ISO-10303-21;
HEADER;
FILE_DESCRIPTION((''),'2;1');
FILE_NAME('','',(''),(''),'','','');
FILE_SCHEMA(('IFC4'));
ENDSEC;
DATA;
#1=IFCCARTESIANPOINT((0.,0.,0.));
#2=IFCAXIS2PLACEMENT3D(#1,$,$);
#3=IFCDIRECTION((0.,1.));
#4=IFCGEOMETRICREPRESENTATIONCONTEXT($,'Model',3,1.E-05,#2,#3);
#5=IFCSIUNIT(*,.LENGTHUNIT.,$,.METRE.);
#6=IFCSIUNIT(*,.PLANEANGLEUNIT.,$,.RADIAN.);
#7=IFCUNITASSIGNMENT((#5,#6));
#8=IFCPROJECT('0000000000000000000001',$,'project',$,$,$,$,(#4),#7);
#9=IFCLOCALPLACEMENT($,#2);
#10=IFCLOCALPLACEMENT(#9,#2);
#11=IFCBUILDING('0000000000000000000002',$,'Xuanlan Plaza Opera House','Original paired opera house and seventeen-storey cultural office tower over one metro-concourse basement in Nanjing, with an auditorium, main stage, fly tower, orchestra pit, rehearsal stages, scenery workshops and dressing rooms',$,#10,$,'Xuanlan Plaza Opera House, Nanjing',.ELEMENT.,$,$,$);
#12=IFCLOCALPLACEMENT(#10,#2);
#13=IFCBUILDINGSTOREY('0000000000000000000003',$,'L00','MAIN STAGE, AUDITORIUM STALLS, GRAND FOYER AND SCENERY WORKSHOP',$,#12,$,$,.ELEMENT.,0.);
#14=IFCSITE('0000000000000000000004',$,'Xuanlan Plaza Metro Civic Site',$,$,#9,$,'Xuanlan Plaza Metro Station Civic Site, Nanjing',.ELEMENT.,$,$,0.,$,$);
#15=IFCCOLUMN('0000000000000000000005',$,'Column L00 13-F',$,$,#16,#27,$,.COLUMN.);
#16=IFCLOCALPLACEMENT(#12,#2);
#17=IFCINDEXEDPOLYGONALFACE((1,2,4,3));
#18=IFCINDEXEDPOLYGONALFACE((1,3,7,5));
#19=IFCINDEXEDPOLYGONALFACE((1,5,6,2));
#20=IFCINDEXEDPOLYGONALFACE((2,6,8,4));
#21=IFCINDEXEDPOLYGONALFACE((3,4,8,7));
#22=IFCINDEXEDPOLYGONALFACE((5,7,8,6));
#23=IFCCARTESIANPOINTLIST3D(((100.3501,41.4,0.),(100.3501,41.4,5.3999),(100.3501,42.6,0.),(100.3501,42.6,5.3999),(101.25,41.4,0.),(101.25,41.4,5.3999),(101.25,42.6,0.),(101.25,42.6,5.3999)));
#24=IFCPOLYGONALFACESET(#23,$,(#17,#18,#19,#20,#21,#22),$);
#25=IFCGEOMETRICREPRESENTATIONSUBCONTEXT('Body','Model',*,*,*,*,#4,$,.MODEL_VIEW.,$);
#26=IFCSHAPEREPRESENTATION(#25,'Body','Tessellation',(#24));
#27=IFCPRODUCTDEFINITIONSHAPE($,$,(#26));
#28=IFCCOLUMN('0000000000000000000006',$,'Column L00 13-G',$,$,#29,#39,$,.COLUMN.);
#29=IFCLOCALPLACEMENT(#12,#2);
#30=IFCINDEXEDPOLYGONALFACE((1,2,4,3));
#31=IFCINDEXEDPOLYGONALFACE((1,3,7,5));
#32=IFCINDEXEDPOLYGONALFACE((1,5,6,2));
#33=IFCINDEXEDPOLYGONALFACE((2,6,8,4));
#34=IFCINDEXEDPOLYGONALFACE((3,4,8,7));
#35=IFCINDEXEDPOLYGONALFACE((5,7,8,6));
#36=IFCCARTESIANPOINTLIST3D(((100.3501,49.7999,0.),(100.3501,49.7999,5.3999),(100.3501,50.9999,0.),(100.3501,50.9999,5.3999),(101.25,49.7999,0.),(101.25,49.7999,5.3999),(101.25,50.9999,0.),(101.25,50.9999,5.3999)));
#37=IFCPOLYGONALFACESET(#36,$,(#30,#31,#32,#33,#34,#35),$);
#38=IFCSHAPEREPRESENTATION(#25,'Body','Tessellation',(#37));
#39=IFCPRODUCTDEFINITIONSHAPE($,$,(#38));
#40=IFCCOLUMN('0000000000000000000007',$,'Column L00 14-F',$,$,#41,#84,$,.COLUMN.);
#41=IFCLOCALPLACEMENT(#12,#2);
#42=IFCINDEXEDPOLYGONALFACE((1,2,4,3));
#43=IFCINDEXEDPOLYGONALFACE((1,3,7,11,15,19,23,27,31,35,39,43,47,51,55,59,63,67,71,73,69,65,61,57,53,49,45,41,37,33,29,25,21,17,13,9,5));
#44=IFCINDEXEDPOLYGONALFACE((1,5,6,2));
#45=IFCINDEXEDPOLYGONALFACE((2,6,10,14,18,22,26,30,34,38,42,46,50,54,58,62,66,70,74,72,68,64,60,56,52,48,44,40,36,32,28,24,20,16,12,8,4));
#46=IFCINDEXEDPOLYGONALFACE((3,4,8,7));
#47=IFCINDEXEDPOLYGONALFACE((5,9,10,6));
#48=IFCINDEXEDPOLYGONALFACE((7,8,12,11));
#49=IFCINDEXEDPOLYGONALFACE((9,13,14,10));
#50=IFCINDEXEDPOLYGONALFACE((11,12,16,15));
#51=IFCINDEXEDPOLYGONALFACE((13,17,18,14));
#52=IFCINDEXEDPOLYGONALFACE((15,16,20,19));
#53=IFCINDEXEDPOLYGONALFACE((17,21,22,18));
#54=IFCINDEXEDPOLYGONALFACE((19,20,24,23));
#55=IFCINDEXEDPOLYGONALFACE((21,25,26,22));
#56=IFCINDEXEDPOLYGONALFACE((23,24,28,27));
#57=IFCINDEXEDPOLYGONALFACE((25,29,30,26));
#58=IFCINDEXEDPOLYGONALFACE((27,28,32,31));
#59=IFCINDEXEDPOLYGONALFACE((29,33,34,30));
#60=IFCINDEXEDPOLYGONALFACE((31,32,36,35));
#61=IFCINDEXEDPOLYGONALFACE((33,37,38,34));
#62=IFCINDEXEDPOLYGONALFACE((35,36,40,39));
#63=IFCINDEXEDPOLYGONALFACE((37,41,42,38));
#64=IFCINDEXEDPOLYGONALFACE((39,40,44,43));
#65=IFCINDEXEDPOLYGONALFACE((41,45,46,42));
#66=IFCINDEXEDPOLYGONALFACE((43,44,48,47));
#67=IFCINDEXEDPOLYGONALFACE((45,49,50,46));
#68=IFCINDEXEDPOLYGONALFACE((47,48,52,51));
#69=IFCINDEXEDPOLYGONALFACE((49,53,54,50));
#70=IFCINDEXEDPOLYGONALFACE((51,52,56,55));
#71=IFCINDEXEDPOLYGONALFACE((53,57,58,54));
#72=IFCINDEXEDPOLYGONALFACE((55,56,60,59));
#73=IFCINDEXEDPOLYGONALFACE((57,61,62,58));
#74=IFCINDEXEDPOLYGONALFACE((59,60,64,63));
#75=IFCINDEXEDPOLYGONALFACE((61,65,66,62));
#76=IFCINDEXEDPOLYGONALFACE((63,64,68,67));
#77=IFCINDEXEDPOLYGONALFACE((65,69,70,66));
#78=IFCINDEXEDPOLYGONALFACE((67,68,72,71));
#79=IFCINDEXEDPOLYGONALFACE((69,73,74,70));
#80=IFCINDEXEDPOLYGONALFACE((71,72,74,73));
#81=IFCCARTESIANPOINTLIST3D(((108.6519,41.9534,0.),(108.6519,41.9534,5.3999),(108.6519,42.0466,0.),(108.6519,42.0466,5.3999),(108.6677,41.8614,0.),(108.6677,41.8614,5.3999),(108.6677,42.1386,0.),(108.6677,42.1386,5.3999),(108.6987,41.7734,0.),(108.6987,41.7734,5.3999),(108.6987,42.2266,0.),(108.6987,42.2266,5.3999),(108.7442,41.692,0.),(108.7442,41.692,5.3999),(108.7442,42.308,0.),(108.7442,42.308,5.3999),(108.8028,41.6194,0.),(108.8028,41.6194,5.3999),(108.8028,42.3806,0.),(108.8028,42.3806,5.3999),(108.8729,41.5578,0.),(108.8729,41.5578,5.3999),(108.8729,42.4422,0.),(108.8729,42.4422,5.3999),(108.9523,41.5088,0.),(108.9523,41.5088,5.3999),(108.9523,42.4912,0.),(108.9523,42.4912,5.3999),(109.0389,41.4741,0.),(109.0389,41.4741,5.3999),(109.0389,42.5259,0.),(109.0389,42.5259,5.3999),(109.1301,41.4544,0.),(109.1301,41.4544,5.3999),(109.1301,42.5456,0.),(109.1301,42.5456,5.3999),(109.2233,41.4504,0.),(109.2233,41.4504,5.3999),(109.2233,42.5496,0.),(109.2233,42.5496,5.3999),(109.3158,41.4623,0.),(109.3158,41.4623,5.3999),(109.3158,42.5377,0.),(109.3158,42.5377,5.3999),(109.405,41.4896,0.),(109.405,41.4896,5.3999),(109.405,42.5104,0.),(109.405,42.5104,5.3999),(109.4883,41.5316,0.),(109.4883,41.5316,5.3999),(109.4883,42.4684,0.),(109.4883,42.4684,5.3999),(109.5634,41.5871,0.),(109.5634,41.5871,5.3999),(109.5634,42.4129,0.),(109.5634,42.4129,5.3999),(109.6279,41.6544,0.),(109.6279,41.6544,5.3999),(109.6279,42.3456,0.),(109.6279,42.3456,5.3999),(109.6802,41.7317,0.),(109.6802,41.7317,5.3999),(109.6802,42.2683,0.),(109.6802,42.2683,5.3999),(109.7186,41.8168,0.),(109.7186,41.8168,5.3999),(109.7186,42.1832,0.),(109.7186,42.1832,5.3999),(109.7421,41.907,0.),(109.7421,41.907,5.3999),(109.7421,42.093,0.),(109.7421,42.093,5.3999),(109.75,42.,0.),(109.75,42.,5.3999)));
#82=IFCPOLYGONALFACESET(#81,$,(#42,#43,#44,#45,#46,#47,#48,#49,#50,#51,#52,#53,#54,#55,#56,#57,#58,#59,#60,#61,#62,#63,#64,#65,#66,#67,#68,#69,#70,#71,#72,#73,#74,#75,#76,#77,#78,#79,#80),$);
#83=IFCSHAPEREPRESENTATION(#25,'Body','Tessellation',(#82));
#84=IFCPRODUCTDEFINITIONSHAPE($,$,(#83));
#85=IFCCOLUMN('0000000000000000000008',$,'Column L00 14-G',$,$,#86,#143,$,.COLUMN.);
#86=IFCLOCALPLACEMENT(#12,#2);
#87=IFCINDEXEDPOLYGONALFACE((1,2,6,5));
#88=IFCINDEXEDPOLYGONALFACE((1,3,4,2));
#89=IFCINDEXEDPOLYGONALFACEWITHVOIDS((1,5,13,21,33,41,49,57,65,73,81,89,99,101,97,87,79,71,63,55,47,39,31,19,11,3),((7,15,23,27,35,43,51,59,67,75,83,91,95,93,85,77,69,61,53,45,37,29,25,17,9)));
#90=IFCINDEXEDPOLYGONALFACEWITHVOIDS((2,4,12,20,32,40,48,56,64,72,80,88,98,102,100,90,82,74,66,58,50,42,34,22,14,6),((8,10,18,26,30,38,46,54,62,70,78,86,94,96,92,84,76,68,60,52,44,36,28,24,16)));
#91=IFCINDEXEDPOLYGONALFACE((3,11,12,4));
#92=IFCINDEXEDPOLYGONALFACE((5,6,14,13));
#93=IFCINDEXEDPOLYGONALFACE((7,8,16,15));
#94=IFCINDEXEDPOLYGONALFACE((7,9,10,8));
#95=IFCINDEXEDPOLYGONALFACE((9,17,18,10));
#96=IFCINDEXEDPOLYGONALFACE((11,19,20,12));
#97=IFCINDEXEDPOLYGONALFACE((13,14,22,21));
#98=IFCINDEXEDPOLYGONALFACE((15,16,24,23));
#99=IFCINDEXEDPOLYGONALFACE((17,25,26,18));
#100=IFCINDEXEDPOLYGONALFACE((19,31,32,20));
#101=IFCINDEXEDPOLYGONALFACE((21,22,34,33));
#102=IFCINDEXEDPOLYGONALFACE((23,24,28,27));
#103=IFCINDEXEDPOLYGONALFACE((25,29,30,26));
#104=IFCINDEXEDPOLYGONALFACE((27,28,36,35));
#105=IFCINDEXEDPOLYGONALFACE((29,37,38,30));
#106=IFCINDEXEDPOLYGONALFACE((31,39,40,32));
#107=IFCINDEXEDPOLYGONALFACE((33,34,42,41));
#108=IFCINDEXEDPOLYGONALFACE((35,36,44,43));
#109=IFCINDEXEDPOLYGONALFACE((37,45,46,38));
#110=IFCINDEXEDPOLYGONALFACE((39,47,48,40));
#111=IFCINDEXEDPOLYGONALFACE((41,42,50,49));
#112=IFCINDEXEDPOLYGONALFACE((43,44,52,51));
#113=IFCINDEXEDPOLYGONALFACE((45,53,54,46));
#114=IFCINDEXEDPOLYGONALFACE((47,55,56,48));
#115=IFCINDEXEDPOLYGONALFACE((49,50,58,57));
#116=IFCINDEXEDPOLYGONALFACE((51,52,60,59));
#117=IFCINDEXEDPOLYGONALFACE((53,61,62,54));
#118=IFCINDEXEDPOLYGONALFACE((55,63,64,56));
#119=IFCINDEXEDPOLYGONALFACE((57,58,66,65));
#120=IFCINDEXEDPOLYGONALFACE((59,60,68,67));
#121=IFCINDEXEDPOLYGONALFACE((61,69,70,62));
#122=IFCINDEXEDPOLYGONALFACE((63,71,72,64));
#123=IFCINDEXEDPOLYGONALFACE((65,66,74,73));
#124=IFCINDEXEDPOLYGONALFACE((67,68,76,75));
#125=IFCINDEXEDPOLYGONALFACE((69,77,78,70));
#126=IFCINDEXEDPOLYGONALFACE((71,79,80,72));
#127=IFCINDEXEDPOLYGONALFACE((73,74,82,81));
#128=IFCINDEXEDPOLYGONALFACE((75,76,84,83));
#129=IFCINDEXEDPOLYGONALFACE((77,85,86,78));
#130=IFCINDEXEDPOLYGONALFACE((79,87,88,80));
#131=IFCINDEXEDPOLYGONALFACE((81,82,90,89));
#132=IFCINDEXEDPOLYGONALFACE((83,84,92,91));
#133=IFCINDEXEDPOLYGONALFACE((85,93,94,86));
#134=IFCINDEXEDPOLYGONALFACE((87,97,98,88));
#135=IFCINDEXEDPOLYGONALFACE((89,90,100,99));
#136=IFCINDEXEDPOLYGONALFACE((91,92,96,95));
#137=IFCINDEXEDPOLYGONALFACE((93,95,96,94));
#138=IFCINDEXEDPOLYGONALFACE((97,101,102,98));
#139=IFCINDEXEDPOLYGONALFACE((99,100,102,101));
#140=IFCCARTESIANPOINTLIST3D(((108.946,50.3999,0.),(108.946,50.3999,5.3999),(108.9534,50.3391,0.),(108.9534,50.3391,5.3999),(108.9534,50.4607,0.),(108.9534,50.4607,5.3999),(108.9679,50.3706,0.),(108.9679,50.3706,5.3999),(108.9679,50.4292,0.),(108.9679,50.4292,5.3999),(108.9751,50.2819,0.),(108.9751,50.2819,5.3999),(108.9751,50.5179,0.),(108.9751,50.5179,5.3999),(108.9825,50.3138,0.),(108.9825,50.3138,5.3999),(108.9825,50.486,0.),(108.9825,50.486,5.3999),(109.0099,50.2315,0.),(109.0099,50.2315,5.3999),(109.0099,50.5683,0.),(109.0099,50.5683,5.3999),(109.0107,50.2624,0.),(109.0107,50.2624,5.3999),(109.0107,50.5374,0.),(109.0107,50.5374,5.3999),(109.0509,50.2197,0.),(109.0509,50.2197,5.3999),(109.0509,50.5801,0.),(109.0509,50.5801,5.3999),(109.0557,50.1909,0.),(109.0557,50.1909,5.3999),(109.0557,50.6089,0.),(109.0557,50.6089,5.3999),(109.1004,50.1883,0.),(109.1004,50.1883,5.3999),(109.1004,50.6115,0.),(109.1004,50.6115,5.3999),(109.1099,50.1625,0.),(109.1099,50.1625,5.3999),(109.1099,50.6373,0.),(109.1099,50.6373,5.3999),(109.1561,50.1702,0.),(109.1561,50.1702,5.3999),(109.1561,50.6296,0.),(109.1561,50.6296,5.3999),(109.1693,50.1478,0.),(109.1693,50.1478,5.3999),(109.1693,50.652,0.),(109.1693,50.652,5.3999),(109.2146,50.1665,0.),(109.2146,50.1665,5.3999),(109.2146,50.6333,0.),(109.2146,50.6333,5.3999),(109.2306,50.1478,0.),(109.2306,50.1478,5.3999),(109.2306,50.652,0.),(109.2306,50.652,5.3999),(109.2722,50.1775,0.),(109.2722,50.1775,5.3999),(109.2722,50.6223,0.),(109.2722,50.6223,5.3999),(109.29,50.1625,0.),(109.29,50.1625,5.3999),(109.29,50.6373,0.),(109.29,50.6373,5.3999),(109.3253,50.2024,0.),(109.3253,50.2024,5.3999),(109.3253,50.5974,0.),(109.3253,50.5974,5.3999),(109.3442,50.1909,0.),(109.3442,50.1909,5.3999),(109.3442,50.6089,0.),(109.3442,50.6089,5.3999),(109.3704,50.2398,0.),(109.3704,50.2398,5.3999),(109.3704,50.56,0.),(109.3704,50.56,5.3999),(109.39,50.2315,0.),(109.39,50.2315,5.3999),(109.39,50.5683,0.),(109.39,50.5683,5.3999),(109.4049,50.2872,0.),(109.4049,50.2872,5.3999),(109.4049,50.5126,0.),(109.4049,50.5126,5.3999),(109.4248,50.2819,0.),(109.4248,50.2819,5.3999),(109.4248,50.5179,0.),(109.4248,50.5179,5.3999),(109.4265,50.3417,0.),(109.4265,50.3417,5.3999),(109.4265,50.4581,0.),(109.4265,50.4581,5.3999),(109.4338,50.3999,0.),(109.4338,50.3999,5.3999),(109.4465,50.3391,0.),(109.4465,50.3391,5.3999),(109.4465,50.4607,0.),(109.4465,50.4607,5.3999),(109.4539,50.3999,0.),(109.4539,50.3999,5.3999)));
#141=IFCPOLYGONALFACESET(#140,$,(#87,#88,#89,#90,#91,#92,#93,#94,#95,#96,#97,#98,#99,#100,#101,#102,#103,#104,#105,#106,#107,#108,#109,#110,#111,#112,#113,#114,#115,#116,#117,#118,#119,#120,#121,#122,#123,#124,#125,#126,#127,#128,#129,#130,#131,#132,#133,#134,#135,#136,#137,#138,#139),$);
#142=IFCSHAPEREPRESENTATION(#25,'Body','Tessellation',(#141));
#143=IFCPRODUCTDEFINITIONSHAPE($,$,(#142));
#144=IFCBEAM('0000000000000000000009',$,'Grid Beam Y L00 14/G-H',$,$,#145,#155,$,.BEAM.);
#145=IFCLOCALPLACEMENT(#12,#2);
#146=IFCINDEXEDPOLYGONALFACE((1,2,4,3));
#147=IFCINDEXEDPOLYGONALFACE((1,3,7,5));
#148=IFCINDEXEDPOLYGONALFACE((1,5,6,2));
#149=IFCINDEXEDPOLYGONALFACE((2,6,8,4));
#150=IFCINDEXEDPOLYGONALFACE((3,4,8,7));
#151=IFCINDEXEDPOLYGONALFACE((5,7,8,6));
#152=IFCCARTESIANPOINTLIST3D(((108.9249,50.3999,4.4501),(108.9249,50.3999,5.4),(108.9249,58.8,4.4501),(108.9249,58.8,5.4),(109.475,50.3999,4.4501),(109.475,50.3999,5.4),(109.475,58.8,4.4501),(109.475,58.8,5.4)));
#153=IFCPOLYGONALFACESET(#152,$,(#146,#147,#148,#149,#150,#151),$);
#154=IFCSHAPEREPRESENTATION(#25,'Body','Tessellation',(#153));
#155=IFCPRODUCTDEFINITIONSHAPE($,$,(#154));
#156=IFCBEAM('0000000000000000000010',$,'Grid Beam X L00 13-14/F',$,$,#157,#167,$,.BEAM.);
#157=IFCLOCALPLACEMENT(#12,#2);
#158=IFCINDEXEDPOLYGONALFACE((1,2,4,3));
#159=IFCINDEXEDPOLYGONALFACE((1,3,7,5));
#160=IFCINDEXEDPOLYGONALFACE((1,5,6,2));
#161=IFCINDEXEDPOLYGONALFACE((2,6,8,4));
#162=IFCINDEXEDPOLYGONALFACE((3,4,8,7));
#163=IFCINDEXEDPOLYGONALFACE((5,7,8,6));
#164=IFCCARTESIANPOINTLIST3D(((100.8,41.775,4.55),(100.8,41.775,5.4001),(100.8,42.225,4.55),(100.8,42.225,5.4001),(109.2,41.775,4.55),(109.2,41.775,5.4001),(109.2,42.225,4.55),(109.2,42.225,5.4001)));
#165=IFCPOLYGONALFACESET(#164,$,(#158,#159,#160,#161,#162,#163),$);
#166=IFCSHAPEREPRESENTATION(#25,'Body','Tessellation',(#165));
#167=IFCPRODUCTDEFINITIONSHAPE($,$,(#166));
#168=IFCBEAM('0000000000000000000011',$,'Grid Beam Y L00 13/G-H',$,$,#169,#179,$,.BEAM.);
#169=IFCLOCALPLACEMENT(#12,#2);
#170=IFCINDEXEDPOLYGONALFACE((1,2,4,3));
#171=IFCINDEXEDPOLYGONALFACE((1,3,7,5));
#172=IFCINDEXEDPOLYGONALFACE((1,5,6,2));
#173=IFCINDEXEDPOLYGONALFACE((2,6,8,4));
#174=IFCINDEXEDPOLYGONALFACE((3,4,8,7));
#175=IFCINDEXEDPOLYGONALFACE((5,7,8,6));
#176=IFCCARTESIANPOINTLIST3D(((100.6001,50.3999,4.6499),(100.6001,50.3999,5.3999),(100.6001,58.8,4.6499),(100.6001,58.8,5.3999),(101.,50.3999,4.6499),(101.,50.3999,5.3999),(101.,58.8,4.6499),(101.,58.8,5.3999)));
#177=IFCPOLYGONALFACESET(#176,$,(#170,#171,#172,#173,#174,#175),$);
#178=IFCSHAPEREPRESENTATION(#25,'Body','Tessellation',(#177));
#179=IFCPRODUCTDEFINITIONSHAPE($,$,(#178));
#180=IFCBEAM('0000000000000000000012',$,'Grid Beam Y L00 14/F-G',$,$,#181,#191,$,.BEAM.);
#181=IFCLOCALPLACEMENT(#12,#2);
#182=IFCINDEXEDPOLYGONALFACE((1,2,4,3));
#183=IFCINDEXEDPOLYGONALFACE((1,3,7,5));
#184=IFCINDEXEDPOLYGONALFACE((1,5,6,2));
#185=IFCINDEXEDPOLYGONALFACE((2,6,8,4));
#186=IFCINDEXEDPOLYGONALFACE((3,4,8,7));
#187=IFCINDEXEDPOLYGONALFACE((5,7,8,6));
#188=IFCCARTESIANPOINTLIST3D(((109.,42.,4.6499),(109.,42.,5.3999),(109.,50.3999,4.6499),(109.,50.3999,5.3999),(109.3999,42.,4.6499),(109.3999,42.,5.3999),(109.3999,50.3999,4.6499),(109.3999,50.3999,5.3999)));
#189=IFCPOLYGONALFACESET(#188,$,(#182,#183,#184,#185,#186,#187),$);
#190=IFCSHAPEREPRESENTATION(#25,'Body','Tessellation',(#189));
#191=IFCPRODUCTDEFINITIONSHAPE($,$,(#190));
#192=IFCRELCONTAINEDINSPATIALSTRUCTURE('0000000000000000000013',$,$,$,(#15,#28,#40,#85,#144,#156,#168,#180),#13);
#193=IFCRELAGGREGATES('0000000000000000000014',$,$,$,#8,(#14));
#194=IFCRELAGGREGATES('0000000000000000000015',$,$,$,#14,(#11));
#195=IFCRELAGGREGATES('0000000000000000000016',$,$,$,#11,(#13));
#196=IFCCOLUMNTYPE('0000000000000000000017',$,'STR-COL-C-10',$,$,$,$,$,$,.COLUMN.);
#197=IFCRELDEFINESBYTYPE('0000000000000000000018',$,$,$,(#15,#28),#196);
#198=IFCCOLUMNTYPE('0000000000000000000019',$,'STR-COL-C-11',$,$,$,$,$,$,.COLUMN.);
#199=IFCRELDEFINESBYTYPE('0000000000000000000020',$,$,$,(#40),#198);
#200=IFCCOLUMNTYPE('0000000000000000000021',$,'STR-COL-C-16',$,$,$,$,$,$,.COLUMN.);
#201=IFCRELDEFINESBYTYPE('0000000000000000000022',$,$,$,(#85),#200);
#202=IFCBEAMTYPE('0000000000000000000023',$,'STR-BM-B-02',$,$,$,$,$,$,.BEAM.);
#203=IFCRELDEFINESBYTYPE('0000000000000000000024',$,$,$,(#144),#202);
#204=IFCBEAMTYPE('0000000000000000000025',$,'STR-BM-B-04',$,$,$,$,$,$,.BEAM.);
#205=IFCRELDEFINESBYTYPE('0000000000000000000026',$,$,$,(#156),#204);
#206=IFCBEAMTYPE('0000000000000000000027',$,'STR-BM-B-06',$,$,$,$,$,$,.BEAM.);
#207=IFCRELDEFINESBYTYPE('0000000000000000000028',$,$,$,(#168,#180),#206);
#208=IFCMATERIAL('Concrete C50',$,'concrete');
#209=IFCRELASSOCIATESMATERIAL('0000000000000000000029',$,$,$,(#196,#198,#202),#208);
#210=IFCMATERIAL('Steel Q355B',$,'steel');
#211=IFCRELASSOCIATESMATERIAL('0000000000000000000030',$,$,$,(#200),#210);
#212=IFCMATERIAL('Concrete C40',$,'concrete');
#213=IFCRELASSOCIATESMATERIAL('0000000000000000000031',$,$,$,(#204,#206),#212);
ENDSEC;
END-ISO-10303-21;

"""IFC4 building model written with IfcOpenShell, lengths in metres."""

from ifc_helpers import new_model, si_unit, direction, frame, origin, origin_2d, place, context, subcontext, project, spatial, rectangle, circle, hollow_circle, extrude, material, material_profile, profile_set, type_object, element, save


model = new_model("IFC4")

# Units and contexts
model_context = context("Model", 3, precision=1e-05, world=origin(), true_north=direction((0.0, 1.0)))
body_context = subcontext(model_context, "Body", "Model", "MODEL_VIEW")
ifc_project = project(units=[si_unit("LENGTHUNIT", "METRE"), si_unit("PLANEANGLEUNIT", "RADIAN")], contexts=[model_context])

# Site, building, storey
site_placement = place(None, origin())
site = spatial("IfcSite", under=ifc_project, at=site_placement, Name="Xuanlan Plaza Metro Civic Site", LongName="Xuanlan Plaza Metro Station Civic Site, Nanjing", CompositionType="ELEMENT", RefElevation=0.0)
building_placement = place(site_placement, origin())
building = spatial("IfcBuilding", under=site, at=building_placement, Name="Xuanlan Plaza Opera House", Description="Original paired opera house and seventeen-storey cultural office tower over one metro-concourse basement in Nanjing, with an auditorium, main stage, fly tower, orchestra pit, rehearsal stages, scenery workshops and dressing rooms", LongName="Xuanlan Plaza Opera House, Nanjing", CompositionType="ELEMENT")
storey_placement = place(building_placement, origin())
storey = spatial("IfcBuildingStorey", under=building, at=storey_placement, Name="L00", Description="MAIN STAGE, AUDITORIUM STALLS, GRAND FOYER AND SCENERY WORKSHOP", CompositionType="ELEMENT", Elevation=0.0)

# Columns
ifc_material_1 = material(Name="Concrete C50", Category="concrete")
ifc_material_profile_1 = material_profile(ifc_material_1, rectangle(XDim=0.8999, YDim=1.2, at=origin_2d()), Name="RC-COL 900x1200")
ifc_profile_set_1 = profile_set([ifc_material_profile_1], Name="Concrete C50")
column_type_1 = type_object("IfcColumnType", Name="STR-COL-C-10", PredefinedType="COLUMN", material=ifc_profile_set_1)
for number, where, z_axis, x_axis, name in (
    (1, (100.8, 42.0, 0.0), (0.0, 0.0, 1.0), (1.0, 0.0, 0.0), "Column L00 13-F"),
    (2, (100.8, 50.3999, 0.0), (0.0, 0.0, 1.0), (1.0, 0.0, 0.0), "Column L00 13-G"),
):
    element("IfcColumn", number, at=place(storey_placement, frame(where, z_axis=z_axis, x_axis=x_axis)), inside=storey, type_object=column_type_1, Name=name, PredefinedType="COLUMN", context=body_context, shape_type="SweptSolid", body=[
        extrude(rectangle(XDim=0.8999, YDim=1.2, at=origin_2d()), origin(), (0.0, 0.0, 1.0), 5.3999),
    ])
ifc_material_profile_2 = material_profile(ifc_material_1, circle(Radius=0.55, at=origin_2d()), Name="RC-COL D1100")
ifc_profile_set_2 = profile_set([ifc_material_profile_2], Name="Concrete C50")
column_type_2 = type_object("IfcColumnType", Name="STR-COL-C-11", PredefinedType="COLUMN", material=ifc_profile_set_2)
column_1_placement = place(storey_placement, frame((109.2, 42.0, 0.0), z_axis=(0.0, 0.0, 1.0), x_axis=(1.0, 0.0, 0.0)))
element("IfcColumn", 3, at=column_1_placement, inside=storey, type_object=column_type_2, Name="Column L00 14-F", PredefinedType="COLUMN", context=body_context, shape_type="SweptSolid", body=[
    extrude(circle(Radius=0.55, at=origin_2d()), origin(), (0.0, 0.0, 1.0), 5.3999),
])
ifc_material_2 = material(Name="Steel Q355B", Category="steel")
ifc_material_profile_3 = material_profile(ifc_material_2, hollow_circle(Radius=0.2539, WallThickness=0.02, at=origin_2d()), Name="CHS 508x20")
ifc_profile_set_3 = profile_set([ifc_material_profile_3], Name="Steel Q355B")
column_type_3 = type_object("IfcColumnType", Name="STR-COL-C-16", PredefinedType="COLUMN", material=ifc_profile_set_3)
column_2_placement = place(storey_placement, frame((109.2, 50.3999, 0.0), z_axis=(0.0, 0.0, 1.0), x_axis=(1.0, 0.0, 0.0)))
element("IfcColumn", 4, at=column_2_placement, inside=storey, type_object=column_type_3, Name="Column L00 14-G", PredefinedType="COLUMN", context=body_context, shape_type="SweptSolid", body=[
    extrude(hollow_circle(Radius=0.2539, WallThickness=0.02, at=origin_2d()), origin(), (0.0, 0.0, 1.0), 5.3999),
])

# Beams
ifc_material_profile_4 = material_profile(ifc_material_1, rectangle(XDim=0.55, YDim=0.95, at=origin_2d()), Name="RC-BM 550x950")
ifc_profile_set_4 = profile_set([ifc_material_profile_4], Name="Concrete C50")
beam_type_1 = type_object("IfcBeamType", Name="STR-BM-B-02", PredefinedType="BEAM", material=ifc_profile_set_4)
beam_1_placement = place(storey_placement, frame((109.2, 50.3999, 4.925), z_axis=(0.0, 1.0, 0.0), x_axis=(-1.0, 0.0, 0.0)))
element("IfcBeam", 5, at=beam_1_placement, inside=storey, type_object=beam_type_1, Name="Grid Beam Y L00 14/G-H", PredefinedType="BEAM", context=body_context, shape_type="SweptSolid", body=[
    extrude(rectangle(XDim=0.55, YDim=0.95, at=origin_2d()), origin(), (0.0, 0.0, 1.0), 8.4001),
])
ifc_material_3 = material(Name="Concrete C40", Category="concrete")
ifc_material_profile_5 = material_profile(ifc_material_3, rectangle(XDim=0.45, YDim=0.8501, at=origin_2d()), Name="RC-BM 450x850")
ifc_profile_set_5 = profile_set([ifc_material_profile_5], Name="Concrete C40")
beam_type_2 = type_object("IfcBeamType", Name="STR-BM-B-04", PredefinedType="BEAM", material=ifc_profile_set_5)
beam_2_placement = place(storey_placement, frame((100.8, 42.0, 4.9751), z_axis=(1.0, 0.0, 0.0), x_axis=(0.0, 1.0, 0.0)))
element("IfcBeam", 6, at=beam_2_placement, inside=storey, type_object=beam_type_2, Name="Grid Beam X L00 13-14/F", PredefinedType="BEAM", context=body_context, shape_type="SweptSolid", body=[
    extrude(rectangle(XDim=0.45, YDim=0.8501, at=origin_2d()), origin(), (0.0, 0.0, 1.0), 8.3999),
])
ifc_material_profile_6 = material_profile(ifc_material_3, rectangle(XDim=0.3999, YDim=0.75, at=origin_2d()), Name="RC-BM 400x750")
ifc_profile_set_6 = profile_set([ifc_material_profile_6], Name="Concrete C40")
beam_type_3 = type_object("IfcBeamType", Name="STR-BM-B-06", PredefinedType="BEAM", material=ifc_profile_set_6)
beam_3_placement = place(storey_placement, frame((100.8, 50.3999, 5.0249), z_axis=(0.0, 1.0, 0.0), x_axis=(-1.0, 0.0, 0.0)))
element("IfcBeam", 7, at=beam_3_placement, inside=storey, type_object=beam_type_3, Name="Grid Beam Y L00 13/G-H", PredefinedType="BEAM", context=body_context, shape_type="SweptSolid", body=[
    extrude(rectangle(XDim=0.3999, YDim=0.75, at=origin_2d()), origin(), (0.0, 0.0, 1.0), 8.4001),
])
beam_4_placement = place(storey_placement, frame((109.2, 42.0, 5.0249), z_axis=(0.0, 1.0, 0.0), x_axis=(-1.0, 0.0, 0.0)))
element("IfcBeam", 8, at=beam_4_placement, inside=storey, type_object=beam_type_3, Name="Grid Beam Y L00 14/F-G", PredefinedType="BEAM", context=body_context, shape_type="SweptSolid", body=[
    extrude(rectangle(XDim=0.3999, YDim=0.75, at=origin_2d()), origin(), (0.0, 0.0, 1.0), 8.3999),
])

save(model, "model.ifc")
